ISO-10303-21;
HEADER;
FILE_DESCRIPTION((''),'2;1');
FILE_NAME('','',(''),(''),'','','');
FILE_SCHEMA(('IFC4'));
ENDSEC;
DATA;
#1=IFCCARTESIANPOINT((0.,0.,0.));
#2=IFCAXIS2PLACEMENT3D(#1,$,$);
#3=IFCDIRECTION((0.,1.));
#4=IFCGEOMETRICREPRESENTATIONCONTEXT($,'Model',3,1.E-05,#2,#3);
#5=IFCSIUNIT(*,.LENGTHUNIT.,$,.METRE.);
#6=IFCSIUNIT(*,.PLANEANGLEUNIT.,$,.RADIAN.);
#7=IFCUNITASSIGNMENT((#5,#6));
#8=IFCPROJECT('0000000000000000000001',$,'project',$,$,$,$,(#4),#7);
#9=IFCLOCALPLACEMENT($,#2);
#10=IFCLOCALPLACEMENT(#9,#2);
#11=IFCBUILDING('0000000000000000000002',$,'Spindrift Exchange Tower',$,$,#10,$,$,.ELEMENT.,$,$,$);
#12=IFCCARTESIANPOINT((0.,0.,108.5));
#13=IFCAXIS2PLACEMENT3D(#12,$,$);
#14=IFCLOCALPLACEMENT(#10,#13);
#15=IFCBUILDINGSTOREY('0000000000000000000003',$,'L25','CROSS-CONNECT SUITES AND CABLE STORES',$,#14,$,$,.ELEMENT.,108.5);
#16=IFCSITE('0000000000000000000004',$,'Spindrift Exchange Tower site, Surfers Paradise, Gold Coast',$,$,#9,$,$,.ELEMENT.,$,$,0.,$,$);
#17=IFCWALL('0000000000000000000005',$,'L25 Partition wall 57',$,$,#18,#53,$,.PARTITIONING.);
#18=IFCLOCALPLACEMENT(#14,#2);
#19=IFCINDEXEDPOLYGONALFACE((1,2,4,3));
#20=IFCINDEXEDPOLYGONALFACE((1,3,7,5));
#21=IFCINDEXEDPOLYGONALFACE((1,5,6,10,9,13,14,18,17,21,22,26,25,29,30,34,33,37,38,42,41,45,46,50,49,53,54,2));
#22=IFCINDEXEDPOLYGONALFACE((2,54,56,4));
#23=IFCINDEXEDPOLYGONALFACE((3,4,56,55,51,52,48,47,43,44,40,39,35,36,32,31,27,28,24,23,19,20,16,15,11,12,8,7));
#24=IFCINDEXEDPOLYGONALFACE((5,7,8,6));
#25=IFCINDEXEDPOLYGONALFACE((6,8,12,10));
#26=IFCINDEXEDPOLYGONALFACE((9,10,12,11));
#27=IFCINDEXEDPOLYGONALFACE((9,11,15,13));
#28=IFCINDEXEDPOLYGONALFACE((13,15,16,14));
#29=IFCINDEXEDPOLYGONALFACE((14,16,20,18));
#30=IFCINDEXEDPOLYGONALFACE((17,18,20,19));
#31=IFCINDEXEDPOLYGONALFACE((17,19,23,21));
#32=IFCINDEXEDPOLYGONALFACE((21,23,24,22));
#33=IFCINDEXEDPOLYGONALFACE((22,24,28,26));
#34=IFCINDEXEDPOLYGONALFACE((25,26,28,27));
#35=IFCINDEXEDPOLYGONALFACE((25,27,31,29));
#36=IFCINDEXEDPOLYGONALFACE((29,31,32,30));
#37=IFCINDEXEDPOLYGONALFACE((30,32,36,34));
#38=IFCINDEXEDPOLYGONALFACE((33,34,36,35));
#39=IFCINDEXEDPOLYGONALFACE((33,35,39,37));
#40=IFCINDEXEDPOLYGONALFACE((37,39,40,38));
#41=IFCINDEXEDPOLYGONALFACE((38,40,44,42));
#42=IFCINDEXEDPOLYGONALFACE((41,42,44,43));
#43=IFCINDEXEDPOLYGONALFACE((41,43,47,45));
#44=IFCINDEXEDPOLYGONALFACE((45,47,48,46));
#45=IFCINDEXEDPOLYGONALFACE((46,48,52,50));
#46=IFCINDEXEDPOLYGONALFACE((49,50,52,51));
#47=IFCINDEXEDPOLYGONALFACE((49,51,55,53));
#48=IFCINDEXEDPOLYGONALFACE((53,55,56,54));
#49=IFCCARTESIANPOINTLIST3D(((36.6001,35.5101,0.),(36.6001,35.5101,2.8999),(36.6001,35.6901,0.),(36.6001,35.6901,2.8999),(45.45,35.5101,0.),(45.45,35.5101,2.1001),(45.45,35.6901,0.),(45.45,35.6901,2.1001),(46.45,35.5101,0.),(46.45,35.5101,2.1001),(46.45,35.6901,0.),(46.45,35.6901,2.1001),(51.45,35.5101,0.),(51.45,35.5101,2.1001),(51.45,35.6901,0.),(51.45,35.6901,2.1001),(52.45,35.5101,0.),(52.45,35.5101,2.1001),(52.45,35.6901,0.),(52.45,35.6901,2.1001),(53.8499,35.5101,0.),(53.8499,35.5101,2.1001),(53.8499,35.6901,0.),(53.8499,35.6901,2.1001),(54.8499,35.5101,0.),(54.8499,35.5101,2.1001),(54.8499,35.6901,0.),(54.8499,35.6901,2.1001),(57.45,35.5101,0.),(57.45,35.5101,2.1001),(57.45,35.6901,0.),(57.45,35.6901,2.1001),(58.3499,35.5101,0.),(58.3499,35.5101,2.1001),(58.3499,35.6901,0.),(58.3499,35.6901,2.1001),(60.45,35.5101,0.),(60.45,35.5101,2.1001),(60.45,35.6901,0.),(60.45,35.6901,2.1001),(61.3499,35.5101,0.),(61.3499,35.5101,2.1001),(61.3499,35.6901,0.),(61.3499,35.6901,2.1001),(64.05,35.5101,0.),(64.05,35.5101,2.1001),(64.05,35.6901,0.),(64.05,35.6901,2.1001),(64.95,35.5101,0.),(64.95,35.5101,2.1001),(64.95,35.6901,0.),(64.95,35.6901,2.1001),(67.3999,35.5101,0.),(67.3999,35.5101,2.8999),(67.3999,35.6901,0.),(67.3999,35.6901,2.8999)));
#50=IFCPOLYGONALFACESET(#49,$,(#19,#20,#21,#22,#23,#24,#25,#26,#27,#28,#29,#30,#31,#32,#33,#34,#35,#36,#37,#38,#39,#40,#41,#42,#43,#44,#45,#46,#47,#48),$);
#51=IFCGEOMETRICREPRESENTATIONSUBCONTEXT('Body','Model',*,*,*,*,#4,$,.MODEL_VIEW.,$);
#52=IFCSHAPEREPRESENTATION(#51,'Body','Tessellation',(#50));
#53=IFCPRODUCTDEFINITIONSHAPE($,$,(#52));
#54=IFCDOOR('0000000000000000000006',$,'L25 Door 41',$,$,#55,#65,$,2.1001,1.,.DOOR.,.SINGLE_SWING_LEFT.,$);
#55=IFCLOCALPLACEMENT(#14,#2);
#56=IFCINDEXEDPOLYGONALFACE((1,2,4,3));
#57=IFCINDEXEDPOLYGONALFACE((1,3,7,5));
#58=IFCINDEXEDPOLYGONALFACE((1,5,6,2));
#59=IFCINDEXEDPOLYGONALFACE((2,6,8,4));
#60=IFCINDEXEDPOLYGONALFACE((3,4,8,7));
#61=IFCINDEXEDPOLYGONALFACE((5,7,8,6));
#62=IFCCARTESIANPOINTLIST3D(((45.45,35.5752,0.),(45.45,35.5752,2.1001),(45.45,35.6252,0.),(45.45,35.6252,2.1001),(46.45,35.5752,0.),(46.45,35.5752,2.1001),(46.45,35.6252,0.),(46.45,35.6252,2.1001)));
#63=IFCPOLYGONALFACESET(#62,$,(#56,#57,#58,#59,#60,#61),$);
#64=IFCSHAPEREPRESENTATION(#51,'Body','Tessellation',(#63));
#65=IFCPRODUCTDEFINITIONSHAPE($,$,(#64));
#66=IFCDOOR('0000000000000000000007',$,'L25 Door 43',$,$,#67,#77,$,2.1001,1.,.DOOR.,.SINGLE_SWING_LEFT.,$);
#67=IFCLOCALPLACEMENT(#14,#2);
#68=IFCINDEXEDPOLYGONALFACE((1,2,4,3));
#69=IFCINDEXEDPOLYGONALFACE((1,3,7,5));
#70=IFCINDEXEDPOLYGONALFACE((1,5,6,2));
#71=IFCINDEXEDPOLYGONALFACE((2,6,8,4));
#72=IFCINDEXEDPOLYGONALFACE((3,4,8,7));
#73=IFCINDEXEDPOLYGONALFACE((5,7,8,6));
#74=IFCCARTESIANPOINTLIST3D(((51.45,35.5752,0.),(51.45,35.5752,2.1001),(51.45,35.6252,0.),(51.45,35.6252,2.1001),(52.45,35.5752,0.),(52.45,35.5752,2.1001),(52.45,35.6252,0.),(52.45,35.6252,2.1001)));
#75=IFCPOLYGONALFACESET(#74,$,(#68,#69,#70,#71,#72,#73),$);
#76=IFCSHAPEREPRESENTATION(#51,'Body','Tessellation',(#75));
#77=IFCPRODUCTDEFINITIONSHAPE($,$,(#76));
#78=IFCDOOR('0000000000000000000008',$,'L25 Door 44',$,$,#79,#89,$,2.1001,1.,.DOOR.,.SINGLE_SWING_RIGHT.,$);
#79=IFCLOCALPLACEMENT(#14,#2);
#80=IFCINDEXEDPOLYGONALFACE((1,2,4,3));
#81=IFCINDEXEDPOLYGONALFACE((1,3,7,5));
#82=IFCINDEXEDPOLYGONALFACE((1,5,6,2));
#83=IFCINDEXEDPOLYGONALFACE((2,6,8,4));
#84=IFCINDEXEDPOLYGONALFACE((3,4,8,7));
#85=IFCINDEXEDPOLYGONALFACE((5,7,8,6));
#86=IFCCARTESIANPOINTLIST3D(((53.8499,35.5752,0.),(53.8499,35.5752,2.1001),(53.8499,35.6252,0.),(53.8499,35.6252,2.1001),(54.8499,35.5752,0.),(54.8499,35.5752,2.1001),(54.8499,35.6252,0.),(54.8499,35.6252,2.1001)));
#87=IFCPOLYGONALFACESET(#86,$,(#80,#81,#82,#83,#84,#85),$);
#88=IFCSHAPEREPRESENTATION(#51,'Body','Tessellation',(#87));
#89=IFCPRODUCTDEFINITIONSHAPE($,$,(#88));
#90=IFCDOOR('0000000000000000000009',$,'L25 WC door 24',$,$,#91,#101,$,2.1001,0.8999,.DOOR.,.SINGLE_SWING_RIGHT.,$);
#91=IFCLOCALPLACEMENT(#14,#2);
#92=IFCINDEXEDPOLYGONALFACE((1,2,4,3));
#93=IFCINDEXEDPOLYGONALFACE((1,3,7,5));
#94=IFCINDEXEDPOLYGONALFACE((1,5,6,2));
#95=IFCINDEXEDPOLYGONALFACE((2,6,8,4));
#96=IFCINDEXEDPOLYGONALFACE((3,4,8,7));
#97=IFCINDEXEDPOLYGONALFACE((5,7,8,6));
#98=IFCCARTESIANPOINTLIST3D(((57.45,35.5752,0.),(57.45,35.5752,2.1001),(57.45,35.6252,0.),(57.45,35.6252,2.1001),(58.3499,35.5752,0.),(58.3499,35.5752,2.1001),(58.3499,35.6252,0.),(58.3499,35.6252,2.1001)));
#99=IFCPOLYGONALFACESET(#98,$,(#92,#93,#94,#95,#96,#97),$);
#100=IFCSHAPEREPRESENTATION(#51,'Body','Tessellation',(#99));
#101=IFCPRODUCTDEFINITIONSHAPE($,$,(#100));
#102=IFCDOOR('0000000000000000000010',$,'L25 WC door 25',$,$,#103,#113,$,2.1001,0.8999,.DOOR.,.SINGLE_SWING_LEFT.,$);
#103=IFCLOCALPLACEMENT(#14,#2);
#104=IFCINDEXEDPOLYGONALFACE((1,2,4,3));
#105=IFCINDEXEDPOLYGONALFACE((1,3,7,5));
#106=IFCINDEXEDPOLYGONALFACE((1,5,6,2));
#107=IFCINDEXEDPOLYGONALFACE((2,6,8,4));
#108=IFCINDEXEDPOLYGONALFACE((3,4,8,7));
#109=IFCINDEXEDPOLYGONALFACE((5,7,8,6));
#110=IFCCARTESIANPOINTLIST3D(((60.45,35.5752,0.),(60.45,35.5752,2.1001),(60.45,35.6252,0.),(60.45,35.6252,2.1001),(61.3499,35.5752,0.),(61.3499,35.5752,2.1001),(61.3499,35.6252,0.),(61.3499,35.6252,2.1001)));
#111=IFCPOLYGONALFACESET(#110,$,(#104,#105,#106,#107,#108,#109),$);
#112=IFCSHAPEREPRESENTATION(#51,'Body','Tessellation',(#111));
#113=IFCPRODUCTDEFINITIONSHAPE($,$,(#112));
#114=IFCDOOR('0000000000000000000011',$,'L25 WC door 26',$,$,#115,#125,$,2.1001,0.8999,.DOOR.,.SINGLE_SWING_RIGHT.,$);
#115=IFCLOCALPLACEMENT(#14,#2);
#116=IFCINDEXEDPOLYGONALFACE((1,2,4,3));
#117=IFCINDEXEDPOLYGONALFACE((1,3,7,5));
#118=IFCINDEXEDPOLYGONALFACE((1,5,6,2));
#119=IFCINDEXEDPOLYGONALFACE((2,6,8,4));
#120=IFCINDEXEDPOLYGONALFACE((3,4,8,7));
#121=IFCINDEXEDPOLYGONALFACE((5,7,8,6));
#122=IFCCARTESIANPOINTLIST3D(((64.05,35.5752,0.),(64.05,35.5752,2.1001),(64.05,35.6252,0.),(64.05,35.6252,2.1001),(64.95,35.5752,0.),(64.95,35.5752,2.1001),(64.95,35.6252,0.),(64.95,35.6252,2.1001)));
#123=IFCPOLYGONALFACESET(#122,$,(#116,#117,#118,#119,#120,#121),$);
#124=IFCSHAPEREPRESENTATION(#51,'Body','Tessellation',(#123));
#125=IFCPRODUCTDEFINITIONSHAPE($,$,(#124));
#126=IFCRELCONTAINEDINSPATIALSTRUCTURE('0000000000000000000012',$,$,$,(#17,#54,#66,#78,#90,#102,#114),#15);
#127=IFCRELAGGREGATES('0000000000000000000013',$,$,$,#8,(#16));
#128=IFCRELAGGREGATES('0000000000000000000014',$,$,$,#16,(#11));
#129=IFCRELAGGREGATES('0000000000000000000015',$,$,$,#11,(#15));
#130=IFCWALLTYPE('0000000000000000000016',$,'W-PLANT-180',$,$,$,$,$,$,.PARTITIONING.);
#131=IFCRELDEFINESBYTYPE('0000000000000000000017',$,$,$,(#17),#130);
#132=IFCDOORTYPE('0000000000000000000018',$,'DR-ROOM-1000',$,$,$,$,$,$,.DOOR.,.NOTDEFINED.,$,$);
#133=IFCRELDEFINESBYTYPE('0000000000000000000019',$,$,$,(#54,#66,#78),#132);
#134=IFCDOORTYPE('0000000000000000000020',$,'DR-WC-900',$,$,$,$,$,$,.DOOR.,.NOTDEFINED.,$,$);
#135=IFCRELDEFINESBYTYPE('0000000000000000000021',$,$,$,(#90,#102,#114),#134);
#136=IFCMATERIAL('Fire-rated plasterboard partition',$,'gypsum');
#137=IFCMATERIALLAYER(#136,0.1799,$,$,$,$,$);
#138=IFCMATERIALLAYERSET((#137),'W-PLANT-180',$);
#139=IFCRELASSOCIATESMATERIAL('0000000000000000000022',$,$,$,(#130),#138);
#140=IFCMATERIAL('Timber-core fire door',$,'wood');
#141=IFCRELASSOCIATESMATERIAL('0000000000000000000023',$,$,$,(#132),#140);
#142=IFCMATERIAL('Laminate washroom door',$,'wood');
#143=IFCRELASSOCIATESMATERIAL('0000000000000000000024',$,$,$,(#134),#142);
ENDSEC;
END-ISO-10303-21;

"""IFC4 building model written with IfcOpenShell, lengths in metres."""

from ifc_helpers import new_model, si_unit, direction, frame, frame_2d, origin, place, context, subcontext, project, spatial, rectangle, extrude, source, transform, mapped, material, layer, layer_set, type_object, element, fill, save


model = new_model("IFC4")

# Units and contexts
model_context = context("Model", 3, precision=1e-05, world=origin(), true_north=direction((0.0, 1.0)))
body_context = subcontext(model_context, "Body", "Model", "MODEL_VIEW")
ifc_project = project(units=[si_unit("LENGTHUNIT", "METRE"), si_unit("PLANEANGLEUNIT", "RADIAN")], contexts=[model_context])

# Site, building, storey
site_placement = place(None, origin())
site = spatial("IfcSite", under=ifc_project, at=site_placement, Name="Spindrift Exchange Tower site, Surfers Paradise, Gold Coast", CompositionType="ELEMENT", RefElevation=0.0)
building_placement = place(site_placement, origin())
building = spatial("IfcBuilding", under=site, at=building_placement, Name="Spindrift Exchange Tower", CompositionType="ELEMENT")
storey_placement = place(building_placement, frame((0.0, 0.0, 108.5)))
storey = spatial("IfcBuildingStorey", under=building, at=storey_placement, Name="L25", Description="CROSS-CONNECT SUITES AND CABLE STORES", CompositionType="ELEMENT", Elevation=108.5)

# Shared definitions
ifc_material_1 = material(Name="Fire-rated plasterboard partition", Category="gypsum")

# Wall, openings, doors
ifc_layer_1 = layer(ifc_material_1, 0.1799)
ifc_layer_set_1 = layer_set([ifc_layer_1], Name="W-PLANT-180")
wall_type_1 = type_object("IfcWallType", Name="W-PLANT-180", PredefinedType="PARTITIONING", material=ifc_layer_set_1)
wall_1_placement = place(storey_placement, frame((67.3999, 35.6001, 0.0), z_axis=(0.0, 0.0, 1.0), x_axis=(-1.0, 0.0, 0.0)))
wall_1 = element("IfcWall", 1, at=wall_1_placement, inside=storey, type_object=wall_type_1, Name="L25 Partition wall 57", PredefinedType="PARTITIONING", context=body_context, shape_type="SweptSolid", body=[
    extrude(rectangle(XDim=30.7998, YDim=0.1799, at=frame_2d((15.3999, 0.0))), origin(), (0.0, 0.0, 1.0), 2.8999),
])
opening_1_placement = place(wall_1_placement, frame((9.05, 0.0, 0.0)))
opening_1 = element("IfcOpeningElement", 2, at=opening_1_placement, cuts=wall_1, PredefinedType="OPENING", context=body_context, shape_type="SweptSolid", body=[
    extrude(rectangle(XDim=0.8999, YDim=2.1001, at=frame_2d((0.45, 1.05))), frame((0.0, 0.0999, 0.0), z_axis=(0.0, -1.0, 0.0), x_axis=(1.0, 0.0, 0.0)), (0.0, 0.0, 1.0), 0.2),
])
opening_2_placement = place(wall_1_placement, frame((6.05, 0.0, 0.0)))
opening_2 = element("IfcOpeningElement", 3, at=opening_2_placement, cuts=wall_1, PredefinedType="OPENING", context=body_context, shape_type="SweptSolid", body=[
    extrude(rectangle(XDim=0.8999, YDim=2.1001, at=frame_2d((0.45, 1.05))), frame((0.0, 0.0999, 0.0), z_axis=(0.0, -1.0, 0.0), x_axis=(1.0, 0.0, 0.0)), (0.0, 0.0, 1.0), 0.2),
])
opening_3_placement = place(wall_1_placement, frame((2.45, 0.0, 0.0)))
opening_3 = element("IfcOpeningElement", 4, at=opening_3_placement, cuts=wall_1, PredefinedType="OPENING", context=body_context, shape_type="SweptSolid", body=[
    extrude(rectangle(XDim=0.8999, YDim=2.1001, at=frame_2d((0.45, 1.05))), frame((0.0, 0.0999, 0.0), z_axis=(0.0, -1.0, 0.0), x_axis=(1.0, 0.0, 0.0)), (0.0, 0.0, 1.0), 0.2),
])
opening_4_placement = place(wall_1_placement, frame((20.95, 0.0, 0.0)))
opening_4 = element("IfcOpeningElement", 5, at=opening_4_placement, cuts=wall_1, PredefinedType="OPENING", context=body_context, shape_type="SweptSolid", body=[
    extrude(rectangle(XDim=1.0, YDim=2.1001, at=frame_2d((0.5, 1.05))), frame((0.0, 0.0999, 0.0), z_axis=(0.0, -1.0, 0.0), x_axis=(1.0, 0.0, 0.0)), (0.0, 0.0, 1.0), 0.2),
])
opening_5_placement = place(wall_1_placement, frame((14.95, 0.0, 0.0)))
opening_5 = element("IfcOpeningElement", 6, at=opening_5_placement, cuts=wall_1, PredefinedType="OPENING", context=body_context, shape_type="SweptSolid", body=[
    extrude(rectangle(XDim=1.0, YDim=2.1001, at=frame_2d((0.5, 1.05))), frame((0.0, 0.0999, 0.0), z_axis=(0.0, -1.0, 0.0), x_axis=(1.0, 0.0, 0.0)), (0.0, 0.0, 1.0), 0.2),
])
opening_6_placement = place(wall_1_placement, frame((12.55, 0.0, 0.0)))
opening_6 = element("IfcOpeningElement", 7, at=opening_6_placement, cuts=wall_1, PredefinedType="OPENING", context=body_context, shape_type="SweptSolid", body=[
    extrude(rectangle(XDim=1.0, YDim=2.1001, at=frame_2d((0.5, 1.05))), frame((0.0, 0.0999, 0.0), z_axis=(0.0, -1.0, 0.0), x_axis=(1.0, 0.0, 0.0)), (0.0, 0.0, 1.0), 0.2),
])
ifc_material_2 = material(Name="Timber-core fire door", Category="wood")
door_type_1 = type_object("IfcDoorType", Name="DR-ROOM-1000", OperationType="NOTDEFINED", PredefinedType="DOOR", material=ifc_material_2)
shared_shape_1 = source(origin(), body_context, "Body", "SweptSolid", [
    extrude(rectangle(XDim=1.0, YDim=2.1001, at=frame_2d((0.5, 1.05))), frame((0.0, 0.0249, 0.0), z_axis=(0.0, -1.0, 0.0), x_axis=(1.0, 0.0, 0.0)), (0.0, 0.0, 1.0), 0.05),
])
door_1_placement = place(opening_4_placement, origin())
door_1 = element("IfcDoor", 8, at=door_1_placement, inside=storey, type_object=door_type_1, Name="L25 Door 41", OperationType="SINGLE_SWING_LEFT", OverallHeight=2.1001, OverallWidth=1.0, PredefinedType="DOOR", context=body_context, shape_type="MappedRepresentation", body=[
    mapped(shared_shape_1, transform((0.0, 0.0, 0.0), scale=1.0)),
])
fill(opening_4, door_1)
door_2_placement = place(opening_5_placement, origin())
door_2 = element("IfcDoor", 9, at=door_2_placement, inside=storey, type_object=door_type_1, Name="L25 Door 43", OperationType="SINGLE_SWING_LEFT", OverallHeight=2.1001, OverallWidth=1.0, PredefinedType="DOOR", context=body_context, shape_type="MappedRepresentation", body=[
    mapped(shared_shape_1, transform((0.0, 0.0, 0.0), scale=1.0)),
])
fill(opening_5, door_2)
door_3_placement = place(opening_6_placement, origin())
door_3 = element("IfcDoor", 10, at=door_3_placement, inside=storey, type_object=door_type_1, Name="L25 Door 44", OperationType="SINGLE_SWING_RIGHT", OverallHeight=2.1001, OverallWidth=1.0, PredefinedType="DOOR", context=body_context, shape_type="MappedRepresentation", body=[
    mapped(shared_shape_1, transform((0.0, 0.0, 0.0), scale=1.0)),
])
fill(opening_6, door_3)
ifc_material_3 = material(Name="Laminate washroom door", Category="wood")
door_type_2 = type_object("IfcDoorType", Name="DR-WC-900", OperationType="NOTDEFINED", PredefinedType="DOOR", material=ifc_material_3)
shared_shape_2 = source(origin(), body_context, "Body", "SweptSolid", [
    extrude(rectangle(XDim=0.8999, YDim=2.1001, at=frame_2d((0.45, 1.05))), frame((0.0, 0.0249, 0.0), z_axis=(0.0, -1.0, 0.0), x_axis=(1.0, 0.0, 0.0)), (0.0, 0.0, 1.0), 0.05),
])
door_4_placement = place(opening_1_placement, origin())
door_4 = element("IfcDoor", 11, at=door_4_placement, inside=storey, type_object=door_type_2, Name="L25 WC door 24", OperationType="SINGLE_SWING_RIGHT", OverallHeight=2.1001, OverallWidth=0.8999, PredefinedType="DOOR", context=body_context, shape_type="MappedRepresentation", body=[
    mapped(shared_shape_2, transform((0.0, 0.0, 0.0), scale=1.0)),
])
fill(opening_1, door_4)
door_5_placement = place(opening_2_placement, origin())
door_5 = element("IfcDoor", 12, at=door_5_placement, inside=storey, type_object=door_type_2, Name="L25 WC door 25", OperationType="SINGLE_SWING_LEFT", OverallHeight=2.1001, OverallWidth=0.8999, PredefinedType="DOOR", context=body_context, shape_type="MappedRepresentation", body=[
    mapped(shared_shape_2, transform((0.0, 0.0, 0.0), scale=1.0)),
])
fill(opening_2, door_5)
door_6_placement = place(opening_3_placement, origin())
door_6 = element("IfcDoor", 13, at=door_6_placement, inside=storey, type_object=door_type_2, Name="L25 WC door 26", OperationType="SINGLE_SWING_RIGHT", OverallHeight=2.1001, OverallWidth=0.8999, PredefinedType="DOOR", context=body_context, shape_type="MappedRepresentation", body=[
    mapped(shared_shape_2, transform((0.0, 0.0, 0.0), scale=1.0)),
])
fill(opening_3, door_6)

save(model, "model.ifc")
